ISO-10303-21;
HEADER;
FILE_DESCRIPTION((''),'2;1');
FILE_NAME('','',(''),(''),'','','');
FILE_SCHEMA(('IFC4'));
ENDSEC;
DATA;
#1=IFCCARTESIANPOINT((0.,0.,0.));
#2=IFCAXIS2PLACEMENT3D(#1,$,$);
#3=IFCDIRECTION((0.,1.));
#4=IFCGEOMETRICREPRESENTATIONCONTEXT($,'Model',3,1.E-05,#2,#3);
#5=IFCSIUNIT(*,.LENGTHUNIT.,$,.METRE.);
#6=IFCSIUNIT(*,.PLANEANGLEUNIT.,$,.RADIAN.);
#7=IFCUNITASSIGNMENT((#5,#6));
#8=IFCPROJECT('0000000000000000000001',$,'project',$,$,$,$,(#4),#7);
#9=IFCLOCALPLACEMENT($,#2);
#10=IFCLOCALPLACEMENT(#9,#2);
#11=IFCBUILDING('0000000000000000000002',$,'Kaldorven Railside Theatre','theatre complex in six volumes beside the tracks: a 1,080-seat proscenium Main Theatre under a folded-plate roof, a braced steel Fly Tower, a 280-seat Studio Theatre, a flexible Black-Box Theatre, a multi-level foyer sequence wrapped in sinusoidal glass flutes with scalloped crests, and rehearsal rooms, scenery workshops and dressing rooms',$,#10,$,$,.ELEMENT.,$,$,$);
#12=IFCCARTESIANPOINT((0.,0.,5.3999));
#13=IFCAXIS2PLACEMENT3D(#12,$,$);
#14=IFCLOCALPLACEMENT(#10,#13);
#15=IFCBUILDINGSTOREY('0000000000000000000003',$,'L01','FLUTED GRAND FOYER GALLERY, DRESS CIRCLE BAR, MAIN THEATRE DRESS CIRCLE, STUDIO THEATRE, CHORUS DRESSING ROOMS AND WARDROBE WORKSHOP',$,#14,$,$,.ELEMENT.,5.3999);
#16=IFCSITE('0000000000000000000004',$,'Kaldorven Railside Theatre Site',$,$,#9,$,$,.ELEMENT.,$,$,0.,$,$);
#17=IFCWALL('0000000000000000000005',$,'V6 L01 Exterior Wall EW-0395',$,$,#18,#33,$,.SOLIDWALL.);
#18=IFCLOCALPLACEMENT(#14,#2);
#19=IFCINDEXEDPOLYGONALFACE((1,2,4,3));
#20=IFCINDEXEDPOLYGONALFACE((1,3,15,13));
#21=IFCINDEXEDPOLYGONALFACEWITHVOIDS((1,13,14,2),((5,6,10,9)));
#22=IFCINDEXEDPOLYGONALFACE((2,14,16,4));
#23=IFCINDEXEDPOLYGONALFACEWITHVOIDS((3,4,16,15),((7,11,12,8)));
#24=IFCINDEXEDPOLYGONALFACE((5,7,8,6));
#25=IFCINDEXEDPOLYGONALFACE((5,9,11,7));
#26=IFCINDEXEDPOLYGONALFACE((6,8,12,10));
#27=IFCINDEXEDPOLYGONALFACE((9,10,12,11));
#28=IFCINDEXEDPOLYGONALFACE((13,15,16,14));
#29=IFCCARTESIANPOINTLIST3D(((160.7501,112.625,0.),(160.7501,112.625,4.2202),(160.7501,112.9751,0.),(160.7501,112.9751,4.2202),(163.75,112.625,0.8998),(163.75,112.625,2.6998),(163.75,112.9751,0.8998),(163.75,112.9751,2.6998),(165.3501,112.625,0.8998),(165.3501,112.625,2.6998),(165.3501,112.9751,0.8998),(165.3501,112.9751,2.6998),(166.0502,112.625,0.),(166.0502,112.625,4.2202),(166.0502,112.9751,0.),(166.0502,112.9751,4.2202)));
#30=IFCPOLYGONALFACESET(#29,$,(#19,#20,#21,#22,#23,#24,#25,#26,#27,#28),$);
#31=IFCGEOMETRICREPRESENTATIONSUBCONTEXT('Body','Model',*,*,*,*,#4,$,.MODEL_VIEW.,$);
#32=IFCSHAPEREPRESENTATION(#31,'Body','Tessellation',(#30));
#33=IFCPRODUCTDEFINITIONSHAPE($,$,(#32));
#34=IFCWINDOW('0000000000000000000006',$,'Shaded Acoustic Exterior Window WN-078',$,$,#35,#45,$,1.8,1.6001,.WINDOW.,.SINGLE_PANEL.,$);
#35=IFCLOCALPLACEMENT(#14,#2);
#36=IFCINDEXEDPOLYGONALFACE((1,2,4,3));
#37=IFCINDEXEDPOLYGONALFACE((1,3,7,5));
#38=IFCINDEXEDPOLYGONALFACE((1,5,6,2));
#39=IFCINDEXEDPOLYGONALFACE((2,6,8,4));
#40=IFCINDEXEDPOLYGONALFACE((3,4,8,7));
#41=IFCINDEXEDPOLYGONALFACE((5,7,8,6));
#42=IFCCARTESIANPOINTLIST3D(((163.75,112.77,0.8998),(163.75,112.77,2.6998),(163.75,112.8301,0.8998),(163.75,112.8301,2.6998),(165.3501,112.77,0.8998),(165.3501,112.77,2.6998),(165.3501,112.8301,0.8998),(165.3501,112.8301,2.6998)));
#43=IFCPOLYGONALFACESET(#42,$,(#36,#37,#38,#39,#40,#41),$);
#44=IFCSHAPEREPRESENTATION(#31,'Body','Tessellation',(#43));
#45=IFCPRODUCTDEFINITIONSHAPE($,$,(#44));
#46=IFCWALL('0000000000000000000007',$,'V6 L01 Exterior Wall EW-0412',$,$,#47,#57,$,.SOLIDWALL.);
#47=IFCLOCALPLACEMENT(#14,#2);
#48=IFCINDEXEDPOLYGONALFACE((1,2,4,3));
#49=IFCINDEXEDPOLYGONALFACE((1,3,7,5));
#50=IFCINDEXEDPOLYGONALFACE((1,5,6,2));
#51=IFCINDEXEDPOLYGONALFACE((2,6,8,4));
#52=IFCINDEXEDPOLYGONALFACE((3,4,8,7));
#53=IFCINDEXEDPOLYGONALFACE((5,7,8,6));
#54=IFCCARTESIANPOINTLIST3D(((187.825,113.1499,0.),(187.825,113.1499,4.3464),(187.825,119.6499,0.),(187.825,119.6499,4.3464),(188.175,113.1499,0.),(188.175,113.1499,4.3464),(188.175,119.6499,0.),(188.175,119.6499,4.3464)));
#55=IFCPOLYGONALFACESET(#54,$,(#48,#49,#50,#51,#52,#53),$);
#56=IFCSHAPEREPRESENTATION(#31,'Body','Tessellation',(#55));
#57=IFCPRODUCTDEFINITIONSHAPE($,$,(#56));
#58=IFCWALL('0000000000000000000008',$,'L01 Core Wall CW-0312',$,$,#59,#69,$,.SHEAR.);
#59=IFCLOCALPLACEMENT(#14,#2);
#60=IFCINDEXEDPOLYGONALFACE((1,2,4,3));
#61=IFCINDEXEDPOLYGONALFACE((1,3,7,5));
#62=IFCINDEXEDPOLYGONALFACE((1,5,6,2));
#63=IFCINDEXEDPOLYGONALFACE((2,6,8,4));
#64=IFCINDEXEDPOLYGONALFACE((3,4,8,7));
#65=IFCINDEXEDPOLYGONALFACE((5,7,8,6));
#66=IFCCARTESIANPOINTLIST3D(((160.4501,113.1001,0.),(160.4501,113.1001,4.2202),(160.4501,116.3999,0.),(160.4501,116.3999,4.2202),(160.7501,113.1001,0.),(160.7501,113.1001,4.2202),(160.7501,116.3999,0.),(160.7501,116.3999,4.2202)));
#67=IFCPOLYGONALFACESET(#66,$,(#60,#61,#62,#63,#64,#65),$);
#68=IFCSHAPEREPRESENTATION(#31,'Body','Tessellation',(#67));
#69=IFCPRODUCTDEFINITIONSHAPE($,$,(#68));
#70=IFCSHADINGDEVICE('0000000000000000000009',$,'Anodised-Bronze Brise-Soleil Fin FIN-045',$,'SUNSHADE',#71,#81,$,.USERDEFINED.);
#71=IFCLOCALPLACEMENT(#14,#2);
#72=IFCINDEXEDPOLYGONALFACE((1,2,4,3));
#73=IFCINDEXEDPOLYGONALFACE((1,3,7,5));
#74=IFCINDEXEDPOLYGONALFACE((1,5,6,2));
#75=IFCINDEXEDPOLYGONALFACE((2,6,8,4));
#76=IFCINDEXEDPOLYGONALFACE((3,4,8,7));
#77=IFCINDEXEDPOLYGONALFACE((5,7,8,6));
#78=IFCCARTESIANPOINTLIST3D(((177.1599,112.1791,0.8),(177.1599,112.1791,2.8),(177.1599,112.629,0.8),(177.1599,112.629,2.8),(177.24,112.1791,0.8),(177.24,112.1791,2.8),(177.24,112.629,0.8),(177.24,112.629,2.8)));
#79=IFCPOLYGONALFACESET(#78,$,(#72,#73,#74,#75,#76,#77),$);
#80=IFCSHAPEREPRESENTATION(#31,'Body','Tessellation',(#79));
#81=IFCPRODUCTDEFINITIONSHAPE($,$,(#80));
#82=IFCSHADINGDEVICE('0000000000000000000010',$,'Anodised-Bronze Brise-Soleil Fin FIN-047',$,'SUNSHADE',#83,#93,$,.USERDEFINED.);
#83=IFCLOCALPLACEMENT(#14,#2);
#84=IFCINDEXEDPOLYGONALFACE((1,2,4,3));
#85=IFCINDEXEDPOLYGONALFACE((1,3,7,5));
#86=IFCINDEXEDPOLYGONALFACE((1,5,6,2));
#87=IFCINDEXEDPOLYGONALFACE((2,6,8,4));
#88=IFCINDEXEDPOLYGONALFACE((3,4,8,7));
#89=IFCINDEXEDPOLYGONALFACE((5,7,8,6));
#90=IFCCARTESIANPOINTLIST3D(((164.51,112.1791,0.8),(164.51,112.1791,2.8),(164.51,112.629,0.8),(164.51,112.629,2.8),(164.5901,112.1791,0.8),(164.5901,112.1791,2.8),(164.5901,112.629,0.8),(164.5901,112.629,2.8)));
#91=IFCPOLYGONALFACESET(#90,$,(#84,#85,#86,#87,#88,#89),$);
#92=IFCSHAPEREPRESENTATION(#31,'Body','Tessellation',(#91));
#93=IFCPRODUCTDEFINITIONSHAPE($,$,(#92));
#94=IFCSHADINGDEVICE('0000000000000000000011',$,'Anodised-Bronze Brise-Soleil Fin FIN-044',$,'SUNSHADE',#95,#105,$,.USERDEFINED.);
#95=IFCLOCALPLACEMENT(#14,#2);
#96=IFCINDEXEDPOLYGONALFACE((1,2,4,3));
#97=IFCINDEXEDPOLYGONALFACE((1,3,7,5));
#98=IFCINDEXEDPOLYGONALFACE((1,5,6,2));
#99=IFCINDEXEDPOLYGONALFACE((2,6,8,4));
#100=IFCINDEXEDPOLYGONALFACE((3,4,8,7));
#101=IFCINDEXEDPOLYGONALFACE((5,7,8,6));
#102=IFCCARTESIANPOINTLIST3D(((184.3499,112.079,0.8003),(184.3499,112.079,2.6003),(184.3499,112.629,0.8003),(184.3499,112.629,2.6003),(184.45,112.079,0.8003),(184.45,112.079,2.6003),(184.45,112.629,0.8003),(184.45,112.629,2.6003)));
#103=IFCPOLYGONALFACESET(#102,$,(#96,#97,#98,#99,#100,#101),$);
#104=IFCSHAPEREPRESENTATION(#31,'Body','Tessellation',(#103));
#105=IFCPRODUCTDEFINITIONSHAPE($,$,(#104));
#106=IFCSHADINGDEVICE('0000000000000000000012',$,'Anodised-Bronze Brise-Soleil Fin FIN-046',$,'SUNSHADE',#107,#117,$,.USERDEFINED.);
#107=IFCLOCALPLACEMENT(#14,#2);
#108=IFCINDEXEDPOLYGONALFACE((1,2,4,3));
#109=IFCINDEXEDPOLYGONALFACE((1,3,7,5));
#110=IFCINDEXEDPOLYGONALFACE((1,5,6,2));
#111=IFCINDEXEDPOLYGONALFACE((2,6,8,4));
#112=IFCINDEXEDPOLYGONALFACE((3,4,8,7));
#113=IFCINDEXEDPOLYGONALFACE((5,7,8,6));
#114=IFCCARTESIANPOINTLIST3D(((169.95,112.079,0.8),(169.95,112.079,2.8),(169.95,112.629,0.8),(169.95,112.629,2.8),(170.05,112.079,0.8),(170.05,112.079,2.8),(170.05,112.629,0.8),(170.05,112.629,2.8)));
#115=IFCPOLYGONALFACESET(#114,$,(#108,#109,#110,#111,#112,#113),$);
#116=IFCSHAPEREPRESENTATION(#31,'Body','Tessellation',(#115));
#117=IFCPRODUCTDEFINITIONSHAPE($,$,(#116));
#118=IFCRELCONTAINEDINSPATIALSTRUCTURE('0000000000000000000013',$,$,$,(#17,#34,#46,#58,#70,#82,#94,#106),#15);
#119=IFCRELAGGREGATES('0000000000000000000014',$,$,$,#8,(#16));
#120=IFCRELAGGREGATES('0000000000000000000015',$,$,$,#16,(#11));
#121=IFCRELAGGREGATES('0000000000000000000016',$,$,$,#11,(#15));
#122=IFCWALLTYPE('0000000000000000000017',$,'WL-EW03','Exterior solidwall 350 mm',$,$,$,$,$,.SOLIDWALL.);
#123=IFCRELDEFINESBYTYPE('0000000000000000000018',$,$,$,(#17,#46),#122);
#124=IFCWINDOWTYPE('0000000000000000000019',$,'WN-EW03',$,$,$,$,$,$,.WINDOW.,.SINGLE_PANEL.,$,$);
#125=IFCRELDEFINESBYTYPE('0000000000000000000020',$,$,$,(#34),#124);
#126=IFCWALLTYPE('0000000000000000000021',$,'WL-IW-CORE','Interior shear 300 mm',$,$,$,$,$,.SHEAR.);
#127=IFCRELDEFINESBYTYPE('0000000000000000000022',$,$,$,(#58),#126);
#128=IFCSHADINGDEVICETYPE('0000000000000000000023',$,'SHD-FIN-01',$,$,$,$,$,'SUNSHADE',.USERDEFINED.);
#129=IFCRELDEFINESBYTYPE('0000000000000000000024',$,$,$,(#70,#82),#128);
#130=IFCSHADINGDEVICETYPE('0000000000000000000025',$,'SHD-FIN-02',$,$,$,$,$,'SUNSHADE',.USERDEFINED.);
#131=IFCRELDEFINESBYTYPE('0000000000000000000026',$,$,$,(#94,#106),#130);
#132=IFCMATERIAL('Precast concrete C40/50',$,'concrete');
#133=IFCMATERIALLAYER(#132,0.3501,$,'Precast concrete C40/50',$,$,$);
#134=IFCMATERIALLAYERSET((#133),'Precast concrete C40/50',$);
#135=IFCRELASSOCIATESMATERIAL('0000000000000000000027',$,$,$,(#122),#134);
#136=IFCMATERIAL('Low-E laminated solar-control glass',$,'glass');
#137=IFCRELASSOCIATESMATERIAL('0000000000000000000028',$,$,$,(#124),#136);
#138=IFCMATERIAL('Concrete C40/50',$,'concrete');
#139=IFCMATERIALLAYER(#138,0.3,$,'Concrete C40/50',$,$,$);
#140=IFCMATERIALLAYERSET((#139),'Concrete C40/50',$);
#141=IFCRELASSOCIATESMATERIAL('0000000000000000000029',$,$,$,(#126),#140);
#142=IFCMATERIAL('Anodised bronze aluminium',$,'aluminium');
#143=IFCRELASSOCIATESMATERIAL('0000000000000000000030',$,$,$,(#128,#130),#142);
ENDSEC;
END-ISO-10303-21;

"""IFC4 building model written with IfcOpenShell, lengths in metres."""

from ifc_helpers import new_model, si_unit, direction, frame, frame_2d, origin, origin_2d, place, context, subcontext, project, spatial, rectangle, extrude, material, layer, layer_set, type_object, element, fill, save


model = new_model("IFC4")

# Units and contexts
model_context = context("Model", 3, precision=1e-05, world=origin(), true_north=direction((0.0, 1.0)))
body_context = subcontext(model_context, "Body", "Model", "MODEL_VIEW")
ifc_project = project(units=[si_unit("LENGTHUNIT", "METRE"), si_unit("PLANEANGLEUNIT", "RADIAN")], contexts=[model_context])

# Site, building, storey
site_placement = place(None, origin())
site = spatial("IfcSite", under=ifc_project, at=site_placement, Name="Kaldorven Railside Theatre Site", CompositionType="ELEMENT", RefElevation=0.0)
building_placement = place(site_placement, origin())
building = spatial("IfcBuilding", under=site, at=building_placement, Name="Kaldorven Railside Theatre", Description="theatre complex in six volumes beside the tracks: a 1,080-seat proscenium Main Theatre under a folded-plate roof, a braced steel Fly Tower, a 280-seat Studio Theatre, a flexible Black-Box Theatre, a multi-level foyer sequence wrapped in sinusoidal glass flutes with scalloped crests, and rehearsal rooms, scenery workshops and dressing rooms", CompositionType="ELEMENT")
storey_placement = place(building_placement, frame((0.0, 0.0, 5.3999)))
storey = spatial("IfcBuildingStorey", under=building, at=storey_placement, Name="L01", Description="FLUTED GRAND FOYER GALLERY, DRESS CIRCLE BAR, MAIN THEATRE DRESS CIRCLE, STUDIO THEATRE, CHORUS DRESSING ROOMS AND WARDROBE WORKSHOP", CompositionType="ELEMENT", Elevation=5.3999)

# Shared definitions
ifc_material_1 = material(Name="Concrete C40/50", Category="concrete")

# Wall, opening, window
ifc_material_2 = material(Name="Precast concrete C40/50", Category="concrete")
ifc_layer_1 = layer(ifc_material_2, 0.3501, Name="Precast concrete C40/50")
ifc_layer_set_1 = layer_set([ifc_layer_1], Name="Precast concrete C40/50")
wall_type_1 = type_object("IfcWallType", Name="WL-EW03", Description="Exterior solidwall 350 mm", PredefinedType="SOLIDWALL", material=ifc_layer_set_1)
ifc_material_3 = material(Name="Low-E laminated solar-control glass", Category="glass")
wall_1_placement = place(storey_placement, frame((166.05, 112.8, 0.0), z_axis=(0.0, 0.0, 1.0), x_axis=(-1.0, 0.0, 0.0)))
wall_1 = element("IfcWall", 1, at=wall_1_placement, inside=storey, type_object=wall_type_1, Name="V6 L01 Exterior Wall EW-0395", PredefinedType="SOLIDWALL", context=body_context, shape_type="SweptSolid", body=[
    extrude(rectangle(XDim=5.3, YDim=0.3501, at=frame_2d((2.6499, 0.0))), origin(), (0.0, 0.0, 1.0), 4.2202),
])
opening_1_placement = place(wall_1_placement, frame((0.7, 0.0, 0.8999)))
opening_1 = element("IfcOpeningElement", 2, at=opening_1_placement, cuts=wall_1, PredefinedType="OPENING", context=body_context, shape_type="SweptSolid", body=[
    extrude(rectangle(XDim=1.6001, YDim=1.8, at=frame_2d((0.8, 0.8999))), frame((0.0, 0.1851, 0.0), z_axis=(0.0, -1.0, 0.0), x_axis=(1.0, 0.0, 0.0)), (0.0, 0.0, 1.0), 0.3701),
])
window_type_1 = type_object("IfcWindowType", Name="WN-EW03", PartitioningType="SINGLE_PANEL", PredefinedType="WINDOW", material=ifc_material_3)
window_1_placement = place(opening_1_placement, origin())
window_1 = element("IfcWindow", 3, at=window_1_placement, inside=storey, type_object=window_type_1, Name="Shaded Acoustic Exterior Window WN-078", OverallHeight=1.8, OverallWidth=1.6001, PartitioningType="SINGLE_PANEL", PredefinedType="WINDOW", context=body_context, shape_type="SweptSolid", body=[
    extrude(rectangle(XDim=1.6001, YDim=1.8, at=frame_2d((0.8, 0.8999))), frame((0.0, 0.03, 0.0), z_axis=(0.0, -1.0, 0.0), x_axis=(1.0, 0.0, 0.0)), (0.0, 0.0, 1.0), 0.0601),
])
fill(opening_1, window_1)

# Walls
wall_2_placement = place(storey_placement, frame((188.0, 119.6499, 0.0), z_axis=(0.0, 0.0, 1.0), x_axis=(0.0, -1.0, 0.0)))
element("IfcWall", 4, at=wall_2_placement, inside=storey, type_object=wall_type_1, Name="V6 L01 Exterior Wall EW-0412", PredefinedType="SOLIDWALL", context=body_context, shape_type="SweptSolid", body=[
    extrude(rectangle(XDim=6.5, YDim=0.3501, at=frame_2d((3.25, 0.0))), origin(), (0.0, 0.0, 1.0), 4.3464),
])
ifc_layer_2 = layer(ifc_material_1, 0.3, Name="Concrete C40/50")
ifc_layer_set_2 = layer_set([ifc_layer_2], Name="Concrete C40/50")
wall_type_2 = type_object("IfcWallType", Name="WL-IW-CORE", Description="Interior shear 300 mm", PredefinedType="SHEAR", material=ifc_layer_set_2)
wall_3_placement = place(storey_placement, frame((160.6001, 116.3999, 0.0), z_axis=(0.0, 0.0, 1.0), x_axis=(0.0, -1.0, 0.0)))
element("IfcWall", 5, at=wall_3_placement, inside=storey, type_object=wall_type_2, Name="L01 Core Wall CW-0312", PredefinedType="SHEAR", context=body_context, shape_type="SweptSolid", body=[
    extrude(rectangle(XDim=3.2998, YDim=0.3, at=frame_2d((1.6499, 0.0))), origin(), (0.0, 0.0, 1.0), 4.2202),
])

# Shading devices
ifc_material_4 = material(Name="Anodised bronze aluminium", Category="aluminium")
shading_device_type_1 = type_object("IfcShadingDeviceType", Name="SHD-FIN-01", ElementType="SUNSHADE", PredefinedType="USERDEFINED", material=ifc_material_4)
for number, where, z_axis, x_axis, name in (
    (6, (177.2, 112.4041, 0.8), (0.0, 0.0, 1.0), (-1.0, 0.0, 0.0), "Anodised-Bronze Brise-Soleil Fin FIN-045"),
    (7, (164.55, 112.4041, 0.8), (0.0, 0.0, 1.0), (-1.0, 0.0, 0.0), "Anodised-Bronze Brise-Soleil Fin FIN-047"),
):
    element("IfcShadingDevice", number, at=place(storey_placement, frame(where, z_axis=z_axis, x_axis=x_axis)), inside=storey, type_object=shading_device_type_1, Name=name, ObjectType="SUNSHADE", PredefinedType="USERDEFINED", context=body_context, shape_type="SweptSolid", body=[
        extrude(rectangle(XDim=0.0801, YDim=0.45, at=origin_2d()), origin(), (0.0, 0.0, 1.0), 2.0),
    ])
shading_device_type_2 = type_object("IfcShadingDeviceType", Name="SHD-FIN-02", ElementType="SUNSHADE", PredefinedType="USERDEFINED", material=ifc_material_4)
shading_device_1_placement = place(storey_placement, frame((184.3999, 112.354, 0.8003), z_axis=(0.0, 0.0, 1.0), x_axis=(-1.0, 0.0, 0.0)))
element("IfcShadingDevice", 8, at=shading_device_1_placement, inside=storey, type_object=shading_device_type_2, Name="Anodised-Bronze Brise-Soleil Fin FIN-044", ObjectType="SUNSHADE", PredefinedType="USERDEFINED", context=body_context, shape_type="SweptSolid", body=[
    extrude(rectangle(XDim=0.1001, YDim=0.55, at=origin_2d()), origin(), (0.0, 0.0, 1.0), 1.8),
])
shading_device_2_placement = place(storey_placement, frame((170.0, 112.354, 0.8), z_axis=(0.0, 0.0, 1.0), x_axis=(-1.0, 0.0, 0.0)))
element("IfcShadingDevice", 9, at=shading_device_2_placement, inside=storey, type_object=shading_device_type_2, Name="Anodised-Bronze Brise-Soleil Fin FIN-046", ObjectType="SUNSHADE", PredefinedType="USERDEFINED", context=body_context, shape_type="SweptSolid", body=[
    extrude(rectangle(XDim=0.1001, YDim=0.55, at=origin_2d()), origin(), (0.0, 0.0, 1.0), 2.0),
])

save(model, "model.ifc")
